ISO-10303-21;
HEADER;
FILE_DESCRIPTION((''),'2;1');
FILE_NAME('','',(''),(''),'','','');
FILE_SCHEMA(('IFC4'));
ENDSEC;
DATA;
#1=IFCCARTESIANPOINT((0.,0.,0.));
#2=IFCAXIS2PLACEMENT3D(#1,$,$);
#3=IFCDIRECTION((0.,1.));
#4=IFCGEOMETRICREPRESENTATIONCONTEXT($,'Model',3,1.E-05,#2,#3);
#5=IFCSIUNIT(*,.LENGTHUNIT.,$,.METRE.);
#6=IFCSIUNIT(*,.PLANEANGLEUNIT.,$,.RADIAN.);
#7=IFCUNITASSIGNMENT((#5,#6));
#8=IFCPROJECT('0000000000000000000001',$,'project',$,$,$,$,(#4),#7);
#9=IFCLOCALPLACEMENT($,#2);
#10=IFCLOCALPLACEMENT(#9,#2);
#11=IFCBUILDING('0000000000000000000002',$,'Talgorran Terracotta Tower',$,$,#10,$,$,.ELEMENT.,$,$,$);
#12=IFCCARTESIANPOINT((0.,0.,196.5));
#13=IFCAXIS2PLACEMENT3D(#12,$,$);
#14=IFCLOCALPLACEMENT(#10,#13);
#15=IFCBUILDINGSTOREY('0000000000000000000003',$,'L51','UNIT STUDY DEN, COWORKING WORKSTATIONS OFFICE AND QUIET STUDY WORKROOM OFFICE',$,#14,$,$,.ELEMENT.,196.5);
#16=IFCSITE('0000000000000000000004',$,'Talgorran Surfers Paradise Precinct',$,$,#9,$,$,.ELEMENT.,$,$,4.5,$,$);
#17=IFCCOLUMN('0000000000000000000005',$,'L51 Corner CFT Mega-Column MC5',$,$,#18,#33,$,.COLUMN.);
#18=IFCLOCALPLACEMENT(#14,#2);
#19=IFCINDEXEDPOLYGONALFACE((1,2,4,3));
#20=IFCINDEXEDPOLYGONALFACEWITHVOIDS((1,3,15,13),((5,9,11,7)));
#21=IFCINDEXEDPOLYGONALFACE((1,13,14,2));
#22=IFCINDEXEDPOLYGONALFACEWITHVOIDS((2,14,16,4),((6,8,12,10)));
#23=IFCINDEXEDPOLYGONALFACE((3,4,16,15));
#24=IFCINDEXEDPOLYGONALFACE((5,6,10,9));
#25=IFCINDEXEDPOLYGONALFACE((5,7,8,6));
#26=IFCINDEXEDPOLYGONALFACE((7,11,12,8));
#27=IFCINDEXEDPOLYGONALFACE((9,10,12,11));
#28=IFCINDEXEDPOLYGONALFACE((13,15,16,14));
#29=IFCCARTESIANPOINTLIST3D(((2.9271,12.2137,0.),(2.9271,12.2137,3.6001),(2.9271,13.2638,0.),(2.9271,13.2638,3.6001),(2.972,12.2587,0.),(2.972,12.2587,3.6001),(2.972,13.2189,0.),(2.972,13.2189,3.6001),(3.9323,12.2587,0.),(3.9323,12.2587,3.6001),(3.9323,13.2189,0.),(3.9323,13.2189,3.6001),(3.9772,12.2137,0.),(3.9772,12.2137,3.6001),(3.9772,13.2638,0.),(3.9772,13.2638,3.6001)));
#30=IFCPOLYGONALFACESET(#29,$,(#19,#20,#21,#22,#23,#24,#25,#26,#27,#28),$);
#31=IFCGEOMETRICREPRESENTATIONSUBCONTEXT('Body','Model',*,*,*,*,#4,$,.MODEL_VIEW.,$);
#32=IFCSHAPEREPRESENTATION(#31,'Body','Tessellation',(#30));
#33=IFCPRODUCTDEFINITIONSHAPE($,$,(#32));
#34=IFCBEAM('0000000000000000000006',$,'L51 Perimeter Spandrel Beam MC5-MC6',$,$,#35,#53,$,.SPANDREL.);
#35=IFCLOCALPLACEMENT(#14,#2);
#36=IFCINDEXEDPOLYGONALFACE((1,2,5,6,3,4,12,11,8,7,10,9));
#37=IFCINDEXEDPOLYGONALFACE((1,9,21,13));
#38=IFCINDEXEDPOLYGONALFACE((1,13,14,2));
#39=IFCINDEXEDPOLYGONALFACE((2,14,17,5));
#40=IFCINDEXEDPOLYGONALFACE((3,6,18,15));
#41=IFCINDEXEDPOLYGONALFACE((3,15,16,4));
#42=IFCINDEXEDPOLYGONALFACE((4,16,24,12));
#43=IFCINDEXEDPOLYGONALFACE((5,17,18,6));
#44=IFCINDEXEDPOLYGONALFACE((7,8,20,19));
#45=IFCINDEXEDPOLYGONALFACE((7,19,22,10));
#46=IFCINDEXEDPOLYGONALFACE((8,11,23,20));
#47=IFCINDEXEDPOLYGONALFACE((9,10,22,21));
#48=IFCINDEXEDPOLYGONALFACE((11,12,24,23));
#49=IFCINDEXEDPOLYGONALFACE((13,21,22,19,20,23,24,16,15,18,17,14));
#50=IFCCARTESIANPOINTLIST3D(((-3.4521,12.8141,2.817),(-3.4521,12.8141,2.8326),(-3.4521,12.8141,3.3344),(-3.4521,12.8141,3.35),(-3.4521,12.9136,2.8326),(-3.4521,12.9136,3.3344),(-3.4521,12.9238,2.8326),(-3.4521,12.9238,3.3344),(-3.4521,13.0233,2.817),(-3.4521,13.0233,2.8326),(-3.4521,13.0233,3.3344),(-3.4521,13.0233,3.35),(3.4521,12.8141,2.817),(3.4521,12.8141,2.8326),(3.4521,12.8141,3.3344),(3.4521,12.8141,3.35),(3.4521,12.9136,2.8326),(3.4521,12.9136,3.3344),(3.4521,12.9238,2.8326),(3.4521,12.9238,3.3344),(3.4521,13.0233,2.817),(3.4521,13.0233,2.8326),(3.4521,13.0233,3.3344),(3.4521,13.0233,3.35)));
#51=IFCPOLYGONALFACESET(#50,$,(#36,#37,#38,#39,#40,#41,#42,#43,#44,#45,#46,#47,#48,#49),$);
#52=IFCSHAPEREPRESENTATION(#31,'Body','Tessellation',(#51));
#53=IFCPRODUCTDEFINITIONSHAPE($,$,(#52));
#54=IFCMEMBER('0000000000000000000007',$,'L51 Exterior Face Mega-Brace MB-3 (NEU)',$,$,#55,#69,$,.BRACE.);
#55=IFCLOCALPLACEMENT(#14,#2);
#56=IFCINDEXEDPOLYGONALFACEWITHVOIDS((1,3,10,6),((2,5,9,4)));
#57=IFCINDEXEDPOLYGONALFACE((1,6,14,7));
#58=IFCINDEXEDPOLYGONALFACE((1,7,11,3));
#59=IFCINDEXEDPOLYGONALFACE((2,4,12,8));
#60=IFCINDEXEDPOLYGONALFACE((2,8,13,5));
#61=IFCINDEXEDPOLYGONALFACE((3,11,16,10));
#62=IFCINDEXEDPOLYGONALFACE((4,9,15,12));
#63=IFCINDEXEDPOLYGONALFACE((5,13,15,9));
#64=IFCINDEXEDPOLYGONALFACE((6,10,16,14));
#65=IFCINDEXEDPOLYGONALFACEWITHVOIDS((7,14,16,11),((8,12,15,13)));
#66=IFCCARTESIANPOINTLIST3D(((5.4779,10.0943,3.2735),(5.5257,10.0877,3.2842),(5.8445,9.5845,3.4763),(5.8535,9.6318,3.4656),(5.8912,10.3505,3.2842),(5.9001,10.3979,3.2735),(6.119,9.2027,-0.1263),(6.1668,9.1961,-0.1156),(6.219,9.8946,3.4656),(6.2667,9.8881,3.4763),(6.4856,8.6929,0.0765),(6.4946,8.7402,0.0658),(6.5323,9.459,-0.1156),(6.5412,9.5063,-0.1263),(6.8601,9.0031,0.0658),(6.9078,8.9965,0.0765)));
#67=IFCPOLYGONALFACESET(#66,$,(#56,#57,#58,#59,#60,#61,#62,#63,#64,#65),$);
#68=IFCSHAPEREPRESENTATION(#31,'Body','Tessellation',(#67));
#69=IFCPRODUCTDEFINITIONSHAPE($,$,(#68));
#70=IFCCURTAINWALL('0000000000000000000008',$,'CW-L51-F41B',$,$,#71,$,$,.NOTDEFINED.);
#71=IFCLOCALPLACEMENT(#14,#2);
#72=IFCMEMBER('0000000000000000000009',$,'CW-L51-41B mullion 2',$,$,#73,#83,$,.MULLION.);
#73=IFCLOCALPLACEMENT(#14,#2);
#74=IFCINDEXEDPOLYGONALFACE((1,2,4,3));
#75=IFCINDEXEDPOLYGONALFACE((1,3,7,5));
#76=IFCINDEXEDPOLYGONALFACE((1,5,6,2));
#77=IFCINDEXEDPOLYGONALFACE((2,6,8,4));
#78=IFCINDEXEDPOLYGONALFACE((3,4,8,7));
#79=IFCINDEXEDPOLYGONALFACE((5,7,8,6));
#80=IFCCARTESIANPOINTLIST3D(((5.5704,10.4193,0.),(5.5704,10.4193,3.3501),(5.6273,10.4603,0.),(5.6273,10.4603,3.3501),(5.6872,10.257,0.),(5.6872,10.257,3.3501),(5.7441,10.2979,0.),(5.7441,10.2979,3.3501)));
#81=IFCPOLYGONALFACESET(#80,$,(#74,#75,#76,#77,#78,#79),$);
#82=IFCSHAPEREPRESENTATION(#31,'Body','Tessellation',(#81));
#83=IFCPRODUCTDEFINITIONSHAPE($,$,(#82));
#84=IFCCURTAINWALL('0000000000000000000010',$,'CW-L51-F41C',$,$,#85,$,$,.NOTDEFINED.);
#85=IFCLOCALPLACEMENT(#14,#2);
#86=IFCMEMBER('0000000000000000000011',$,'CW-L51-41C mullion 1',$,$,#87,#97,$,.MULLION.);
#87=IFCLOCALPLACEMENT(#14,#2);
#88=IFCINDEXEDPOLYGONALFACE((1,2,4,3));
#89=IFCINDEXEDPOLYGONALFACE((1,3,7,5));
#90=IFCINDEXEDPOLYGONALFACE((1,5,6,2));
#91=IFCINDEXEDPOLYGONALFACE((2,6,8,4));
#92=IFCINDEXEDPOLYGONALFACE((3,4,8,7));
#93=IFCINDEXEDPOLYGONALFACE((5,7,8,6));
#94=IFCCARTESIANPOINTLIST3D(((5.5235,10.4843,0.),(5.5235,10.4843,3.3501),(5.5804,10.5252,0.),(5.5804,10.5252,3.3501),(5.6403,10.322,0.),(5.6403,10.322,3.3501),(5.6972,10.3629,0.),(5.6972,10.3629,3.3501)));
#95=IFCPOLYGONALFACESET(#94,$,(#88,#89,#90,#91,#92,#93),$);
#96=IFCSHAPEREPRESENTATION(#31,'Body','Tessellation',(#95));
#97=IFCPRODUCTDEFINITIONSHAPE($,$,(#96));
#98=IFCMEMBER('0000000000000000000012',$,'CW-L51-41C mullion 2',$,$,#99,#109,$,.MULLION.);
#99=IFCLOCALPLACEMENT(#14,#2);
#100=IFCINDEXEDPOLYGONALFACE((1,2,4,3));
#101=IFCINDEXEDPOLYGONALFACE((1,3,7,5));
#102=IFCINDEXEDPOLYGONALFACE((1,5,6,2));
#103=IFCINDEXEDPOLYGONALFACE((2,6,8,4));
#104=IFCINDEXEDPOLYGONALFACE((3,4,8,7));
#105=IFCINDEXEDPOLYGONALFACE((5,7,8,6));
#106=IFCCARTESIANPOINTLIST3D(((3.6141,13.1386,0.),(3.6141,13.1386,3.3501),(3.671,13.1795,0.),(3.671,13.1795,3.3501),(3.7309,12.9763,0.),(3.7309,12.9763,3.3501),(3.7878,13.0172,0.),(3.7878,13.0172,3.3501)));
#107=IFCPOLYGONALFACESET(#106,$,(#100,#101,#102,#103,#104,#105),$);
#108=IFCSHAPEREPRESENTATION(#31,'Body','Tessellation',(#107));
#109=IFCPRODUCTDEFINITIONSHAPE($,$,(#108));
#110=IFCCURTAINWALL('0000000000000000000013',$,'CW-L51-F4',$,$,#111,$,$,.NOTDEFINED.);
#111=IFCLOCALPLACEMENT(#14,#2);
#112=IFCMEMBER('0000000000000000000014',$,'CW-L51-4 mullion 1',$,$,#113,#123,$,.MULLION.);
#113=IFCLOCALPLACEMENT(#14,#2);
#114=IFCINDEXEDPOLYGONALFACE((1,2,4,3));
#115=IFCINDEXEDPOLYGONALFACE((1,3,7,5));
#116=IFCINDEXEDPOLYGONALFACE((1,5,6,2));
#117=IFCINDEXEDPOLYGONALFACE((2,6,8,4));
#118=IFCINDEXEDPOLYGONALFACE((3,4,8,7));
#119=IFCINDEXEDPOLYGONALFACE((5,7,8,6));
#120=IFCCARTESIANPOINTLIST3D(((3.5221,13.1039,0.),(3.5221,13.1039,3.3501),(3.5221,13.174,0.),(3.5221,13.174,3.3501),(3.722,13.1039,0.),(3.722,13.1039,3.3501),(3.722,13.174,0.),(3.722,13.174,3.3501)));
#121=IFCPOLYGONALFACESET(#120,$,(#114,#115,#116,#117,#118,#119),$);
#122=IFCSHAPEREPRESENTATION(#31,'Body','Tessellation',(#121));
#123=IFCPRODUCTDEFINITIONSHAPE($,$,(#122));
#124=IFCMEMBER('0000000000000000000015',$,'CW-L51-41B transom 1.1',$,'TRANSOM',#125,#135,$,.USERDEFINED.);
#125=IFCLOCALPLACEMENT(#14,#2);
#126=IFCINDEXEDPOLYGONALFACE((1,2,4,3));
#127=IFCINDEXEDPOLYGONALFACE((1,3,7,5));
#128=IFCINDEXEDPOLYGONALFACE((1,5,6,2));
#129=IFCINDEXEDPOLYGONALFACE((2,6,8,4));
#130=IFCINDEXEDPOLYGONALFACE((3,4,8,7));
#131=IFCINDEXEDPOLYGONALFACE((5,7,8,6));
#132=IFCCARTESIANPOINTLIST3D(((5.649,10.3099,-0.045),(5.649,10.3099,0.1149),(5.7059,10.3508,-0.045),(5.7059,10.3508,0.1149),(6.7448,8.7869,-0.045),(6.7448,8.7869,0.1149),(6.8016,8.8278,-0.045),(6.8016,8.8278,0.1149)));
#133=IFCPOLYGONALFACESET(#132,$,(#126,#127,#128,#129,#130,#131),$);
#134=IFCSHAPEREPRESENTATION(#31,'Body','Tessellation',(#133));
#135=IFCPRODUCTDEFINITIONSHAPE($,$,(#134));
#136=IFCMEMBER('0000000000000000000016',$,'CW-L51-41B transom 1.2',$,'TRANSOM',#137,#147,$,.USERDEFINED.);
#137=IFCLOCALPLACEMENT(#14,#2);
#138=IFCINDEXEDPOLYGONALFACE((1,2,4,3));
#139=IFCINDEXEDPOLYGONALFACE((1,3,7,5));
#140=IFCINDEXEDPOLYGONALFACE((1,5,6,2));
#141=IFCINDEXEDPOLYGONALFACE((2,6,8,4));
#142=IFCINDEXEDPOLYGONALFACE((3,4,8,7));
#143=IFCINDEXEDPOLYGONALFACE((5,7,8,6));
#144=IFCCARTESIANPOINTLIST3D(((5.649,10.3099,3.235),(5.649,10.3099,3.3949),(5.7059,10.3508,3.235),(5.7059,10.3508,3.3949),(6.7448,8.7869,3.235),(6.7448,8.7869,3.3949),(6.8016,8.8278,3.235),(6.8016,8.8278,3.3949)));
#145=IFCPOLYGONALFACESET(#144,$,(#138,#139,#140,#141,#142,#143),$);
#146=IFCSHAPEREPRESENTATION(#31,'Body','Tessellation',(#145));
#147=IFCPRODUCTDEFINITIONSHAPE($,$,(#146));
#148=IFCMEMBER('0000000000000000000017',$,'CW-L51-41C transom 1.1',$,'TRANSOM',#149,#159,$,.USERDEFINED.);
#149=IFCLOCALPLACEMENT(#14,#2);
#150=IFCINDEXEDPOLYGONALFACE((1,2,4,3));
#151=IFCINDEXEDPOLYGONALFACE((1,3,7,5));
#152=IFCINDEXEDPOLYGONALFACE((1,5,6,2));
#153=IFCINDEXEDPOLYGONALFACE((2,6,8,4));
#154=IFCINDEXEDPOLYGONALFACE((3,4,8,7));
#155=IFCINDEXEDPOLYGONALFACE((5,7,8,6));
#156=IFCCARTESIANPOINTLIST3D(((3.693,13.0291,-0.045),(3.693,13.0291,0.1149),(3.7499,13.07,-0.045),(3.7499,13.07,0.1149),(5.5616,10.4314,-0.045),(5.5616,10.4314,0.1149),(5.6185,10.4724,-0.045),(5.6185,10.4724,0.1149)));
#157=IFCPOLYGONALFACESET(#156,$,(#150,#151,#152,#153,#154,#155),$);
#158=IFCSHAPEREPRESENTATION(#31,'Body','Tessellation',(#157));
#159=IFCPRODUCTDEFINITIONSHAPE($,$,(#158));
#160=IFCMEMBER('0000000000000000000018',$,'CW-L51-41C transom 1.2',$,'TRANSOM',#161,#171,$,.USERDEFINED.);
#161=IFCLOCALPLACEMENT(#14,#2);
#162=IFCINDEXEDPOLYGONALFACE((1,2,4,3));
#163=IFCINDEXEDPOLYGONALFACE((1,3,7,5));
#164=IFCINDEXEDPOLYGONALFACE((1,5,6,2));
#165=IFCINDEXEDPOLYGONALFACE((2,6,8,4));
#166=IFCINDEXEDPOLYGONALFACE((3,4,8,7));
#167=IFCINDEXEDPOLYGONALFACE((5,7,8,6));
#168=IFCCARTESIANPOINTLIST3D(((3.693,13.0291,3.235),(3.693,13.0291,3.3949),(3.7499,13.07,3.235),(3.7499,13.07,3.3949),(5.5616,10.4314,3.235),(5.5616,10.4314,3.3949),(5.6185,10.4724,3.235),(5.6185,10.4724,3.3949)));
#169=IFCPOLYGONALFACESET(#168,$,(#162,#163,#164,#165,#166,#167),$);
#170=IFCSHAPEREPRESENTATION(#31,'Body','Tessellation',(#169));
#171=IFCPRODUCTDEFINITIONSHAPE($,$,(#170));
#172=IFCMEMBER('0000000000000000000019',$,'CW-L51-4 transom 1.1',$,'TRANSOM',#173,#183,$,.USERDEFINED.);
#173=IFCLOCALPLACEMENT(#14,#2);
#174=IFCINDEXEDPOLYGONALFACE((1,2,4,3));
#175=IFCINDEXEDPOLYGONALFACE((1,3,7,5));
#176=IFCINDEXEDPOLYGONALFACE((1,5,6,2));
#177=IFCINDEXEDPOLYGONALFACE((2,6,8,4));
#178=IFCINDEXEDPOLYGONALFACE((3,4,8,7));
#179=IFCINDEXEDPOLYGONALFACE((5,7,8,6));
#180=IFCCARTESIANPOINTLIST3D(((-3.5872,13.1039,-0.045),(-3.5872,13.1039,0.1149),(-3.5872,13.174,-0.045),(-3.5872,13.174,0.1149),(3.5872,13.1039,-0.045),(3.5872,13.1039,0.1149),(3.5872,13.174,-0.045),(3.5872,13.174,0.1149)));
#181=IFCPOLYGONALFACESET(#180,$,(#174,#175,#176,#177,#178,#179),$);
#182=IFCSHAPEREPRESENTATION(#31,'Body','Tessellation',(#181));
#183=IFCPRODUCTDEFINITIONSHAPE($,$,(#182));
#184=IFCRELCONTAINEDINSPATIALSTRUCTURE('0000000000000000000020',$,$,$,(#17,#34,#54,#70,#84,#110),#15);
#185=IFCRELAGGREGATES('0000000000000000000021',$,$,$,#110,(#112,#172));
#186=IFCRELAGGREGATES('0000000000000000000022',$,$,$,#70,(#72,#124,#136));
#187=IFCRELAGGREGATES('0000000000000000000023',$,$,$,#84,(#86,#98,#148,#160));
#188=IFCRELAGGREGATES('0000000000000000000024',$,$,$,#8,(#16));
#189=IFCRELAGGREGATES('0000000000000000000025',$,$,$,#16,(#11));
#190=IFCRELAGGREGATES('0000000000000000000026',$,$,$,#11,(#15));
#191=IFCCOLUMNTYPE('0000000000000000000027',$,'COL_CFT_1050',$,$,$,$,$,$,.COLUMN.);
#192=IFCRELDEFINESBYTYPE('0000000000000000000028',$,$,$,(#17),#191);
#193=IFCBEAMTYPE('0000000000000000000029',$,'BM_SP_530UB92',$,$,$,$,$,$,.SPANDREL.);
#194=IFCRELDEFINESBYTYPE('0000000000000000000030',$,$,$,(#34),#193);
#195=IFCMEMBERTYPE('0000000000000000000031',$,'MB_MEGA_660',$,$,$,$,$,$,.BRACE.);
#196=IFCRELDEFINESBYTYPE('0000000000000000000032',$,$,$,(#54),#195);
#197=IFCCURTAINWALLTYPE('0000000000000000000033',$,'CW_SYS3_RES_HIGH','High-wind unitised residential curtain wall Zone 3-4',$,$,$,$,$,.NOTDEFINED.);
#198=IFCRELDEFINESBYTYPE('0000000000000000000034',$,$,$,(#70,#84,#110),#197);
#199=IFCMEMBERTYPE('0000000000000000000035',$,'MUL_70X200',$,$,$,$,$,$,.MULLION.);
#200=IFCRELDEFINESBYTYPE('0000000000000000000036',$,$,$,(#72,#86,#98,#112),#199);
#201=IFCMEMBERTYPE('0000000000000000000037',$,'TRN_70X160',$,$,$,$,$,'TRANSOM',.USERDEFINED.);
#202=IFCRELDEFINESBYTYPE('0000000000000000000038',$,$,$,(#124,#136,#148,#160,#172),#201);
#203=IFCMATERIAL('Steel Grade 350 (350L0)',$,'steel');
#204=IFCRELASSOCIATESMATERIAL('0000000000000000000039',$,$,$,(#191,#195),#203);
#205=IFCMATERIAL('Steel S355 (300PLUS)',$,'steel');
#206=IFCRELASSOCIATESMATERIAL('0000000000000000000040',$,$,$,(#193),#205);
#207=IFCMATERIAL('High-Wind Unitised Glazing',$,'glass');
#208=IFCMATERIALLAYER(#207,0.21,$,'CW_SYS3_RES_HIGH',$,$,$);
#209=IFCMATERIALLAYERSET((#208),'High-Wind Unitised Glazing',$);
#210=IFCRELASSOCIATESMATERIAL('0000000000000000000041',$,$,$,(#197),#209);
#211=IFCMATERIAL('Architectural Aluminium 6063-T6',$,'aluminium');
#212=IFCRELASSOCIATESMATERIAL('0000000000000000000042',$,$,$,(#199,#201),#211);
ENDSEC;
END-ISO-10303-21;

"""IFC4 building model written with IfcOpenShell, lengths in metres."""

from ifc_helpers import new_model, si_unit, direction, frame, origin, origin_2d, place, context, subcontext, project, spatial, rectangle, hollow_rectangle, i_section, extrude, material, layer, layer_set, material_profile, profile_set, type_object, element, aggregate, save


model = new_model("IFC4")

# Units and contexts
model_context = context("Model", 3, precision=1e-05, world=origin(), true_north=direction((0.0, 1.0)))
body_context = subcontext(model_context, "Body", "Model", "MODEL_VIEW")
ifc_project = project(units=[si_unit("LENGTHUNIT", "METRE"), si_unit("PLANEANGLEUNIT", "RADIAN")], contexts=[model_context])

# Site, building, storey
site_placement = place(None, origin())
site = spatial("IfcSite", under=ifc_project, at=site_placement, Name="Talgorran Surfers Paradise Precinct", CompositionType="ELEMENT", RefElevation=4.5)
building_placement = place(site_placement, origin())
building = spatial("IfcBuilding", under=site, at=building_placement, Name="Talgorran Terracotta Tower", CompositionType="ELEMENT")
storey_placement = place(building_placement, frame((0.0, 0.0, 196.5)))
storey = spatial("IfcBuildingStorey", under=building, at=storey_placement, Name="L51", Description="UNIT STUDY DEN, COWORKING WORKSTATIONS OFFICE AND QUIET STUDY WORKROOM OFFICE", CompositionType="ELEMENT", Elevation=196.5)

# Column
ifc_material_1 = material(Name="Steel Grade 350 (350L0)", Category="steel")
ifc_material_profile_1 = material_profile(ifc_material_1, hollow_rectangle(XDim=1.05, YDim=1.05, WallThickness=0.0449, at=origin_2d()), Name="CFT1050X1050X45")
ifc_profile_set_1 = profile_set([ifc_material_profile_1], Name="Steel Grade 350 (350L0)")
column_type = type_object("IfcColumnType", Name="COL_CFT_1050", PredefinedType="COLUMN", material=ifc_profile_set_1)
column_placement = place(storey_placement, frame((3.4521, 12.7388, 0.0), z_axis=(0.0, 0.0, 1.0), x_axis=(1.0, 0.0, 0.0)))
element("IfcColumn", 1, at=column_placement, inside=storey, type_object=column_type, Name="L51 Corner CFT Mega-Column MC5", PredefinedType="COLUMN", context=body_context, shape_type="SweptSolid", body=[
    extrude(hollow_rectangle(XDim=1.05, YDim=1.05, WallThickness=0.0449, at=origin_2d()), origin(), (0.0, 0.0, 1.0), 3.6001),
])

# Beam
ifc_material_2 = material(Name="Steel S355 (300PLUS)", Category="steel")
ifc_material_profile_2 = material_profile(ifc_material_2, i_section(OverallWidth=0.2092, OverallDepth=0.533, WebThickness=0.0103, FlangeThickness=0.0156, at=origin_2d()), Name="530UB92.4")
ifc_profile_set_2 = profile_set([ifc_material_profile_2], Name="Steel S355 (300PLUS)")
beam_type = type_object("IfcBeamType", Name="BM_SP_530UB92", PredefinedType="SPANDREL", material=ifc_profile_set_2)
beam_placement = place(storey_placement, frame((3.4521, 12.9187, 3.0835), z_axis=(-1.0, 0.0, 0.0), x_axis=(0.0, -1.0, 0.0)))
element("IfcBeam", 2, at=beam_placement, inside=storey, type_object=beam_type, Name="L51 Perimeter Spandrel Beam MC5-MC6", PredefinedType="SPANDREL", context=body_context, shape_type="SweptSolid", body=[
    extrude(i_section(OverallWidth=0.2092, OverallDepth=0.533, WebThickness=0.0103, FlangeThickness=0.0156, at=origin_2d()), origin(), (0.0, 0.0, 1.0), 6.9043),
])

# Member
ifc_material_profile_3 = material_profile(ifc_material_1, hollow_rectangle(XDim=0.52, YDim=0.6599, WallThickness=0.0349, at=origin_2d()), Name="WBOX660X520X35")
ifc_profile_set_3 = profile_set([ifc_material_profile_3], Name="Steel Grade 350 (350L0)")
member_type_1 = type_object("IfcMemberType", Name="MB_MEGA_660", PredefinedType="BRACE", material=ifc_profile_set_3)
member_1_placement = place(storey_placement, frame((6.5134, 9.0996, -0.0249), z_axis=(-0.17944, 0.249549, 0.951592), x_axis=(-0.811897, -0.583801, 0.0)))
element("IfcMember", 3, at=member_1_placement, inside=storey, type_object=member_type_1, Name="L51 Exterior Face Mega-Brace MB-3 (NEU)", PredefinedType="BRACE", context=body_context, shape_type="SweptSolid", body=[
    extrude(hollow_rectangle(XDim=0.52, YDim=0.6599, WallThickness=0.0349, at=origin_2d()), origin(), (0.0, 0.0, 1.0), 3.5728),
])

# Curtain wall, member
ifc_material_3 = material(Name="High-Wind Unitised Glazing", Category="glass")
ifc_layer_1 = layer(ifc_material_3, 0.21, Name="CW_SYS3_RES_HIGH")
ifc_layer_set_1 = layer_set([ifc_layer_1], Name="High-Wind Unitised Glazing")
curtain_wall_type = type_object("IfcCurtainWallType", Name="CW_SYS3_RES_HIGH", Description="High-wind unitised residential curtain wall Zone 3-4", PredefinedType="NOTDEFINED", material=ifc_layer_set_1)
curtain_wall_1_placement = place(storey_placement, origin())
curtain_wall_1 = element("IfcCurtainWall", 4, at=curtain_wall_1_placement, inside=storey, type_object=curtain_wall_type, Name="CW-L51-F41B", PredefinedType="NOTDEFINED")
ifc_material_4 = material(Name="Architectural Aluminium 6063-T6", Category="aluminium")
ifc_material_profile_4 = material_profile(ifc_material_4, rectangle(XDim=0.0701, YDim=0.2, at=origin_2d()), Name="CWM70X200")
ifc_profile_set_4 = profile_set([ifc_material_profile_4], Name="Architectural Aluminium 6063-T6")
member_type_2 = type_object("IfcMemberType", Name="MUL_70X200", PredefinedType="MULLION", material=ifc_profile_set_4)
member_2_placement = place(storey_placement, frame((5.6572, 10.3586, 0.0), z_axis=(0.0, 0.0, 1.0), x_axis=(-0.811758, -0.583994, 0.0)))
member_2 = element("IfcMember", 5, at=member_2_placement, type_object=member_type_2, Name="CW-L51-41B mullion 2", PredefinedType="MULLION", context=body_context, shape_type="SweptSolid", body=[
    extrude(rectangle(XDim=0.0701, YDim=0.2, at=origin_2d()), origin(), (0.0, 0.0, 1.0), 3.3501),
])

# Curtain wall, members
curtain_wall_2_placement = place(storey_placement, origin())
curtain_wall_2 = element("IfcCurtainWall", 6, at=curtain_wall_2_placement, inside=storey, type_object=curtain_wall_type, Name="CW-L51-F41C", PredefinedType="NOTDEFINED")
member_3_placement = place(storey_placement, frame((5.6104, 10.4236, 0.0), z_axis=(0.0, 0.0, 1.0), x_axis=(-0.81176, -0.583991, 0.0)))
member_3 = element("IfcMember", 7, at=member_3_placement, type_object=member_type_2, Name="CW-L51-41C mullion 1", PredefinedType="MULLION", context=body_context, shape_type="SweptSolid", body=[
    extrude(rectangle(XDim=0.0701, YDim=0.2, at=origin_2d()), origin(), (0.0, 0.0, 1.0), 3.3501),
])
member_4_placement = place(storey_placement, frame((3.7009, 13.0779, 0.0), z_axis=(0.0, 0.0, 1.0), x_axis=(-0.81176, -0.583991, 0.0)))
member_4 = element("IfcMember", 8, at=member_4_placement, type_object=member_type_2, Name="CW-L51-41C mullion 2", PredefinedType="MULLION", context=body_context, shape_type="SweptSolid", body=[
    extrude(rectangle(XDim=0.0701, YDim=0.2, at=origin_2d()), origin(), (0.0, 0.0, 1.0), 3.3501),
])

# Curtain wall, member
curtain_wall_3_placement = place(storey_placement, origin())
curtain_wall_3 = element("IfcCurtainWall", 9, at=curtain_wall_3_placement, inside=storey, type_object=curtain_wall_type, Name="CW-L51-F4", PredefinedType="NOTDEFINED")
member_5_placement = place(storey_placement, frame((3.6221, 13.1389, 0.0), z_axis=(0.0, 0.0, 1.0), x_axis=(0.0, -1.0, 0.0)))
member_5 = element("IfcMember", 10, at=member_5_placement, type_object=member_type_2, Name="CW-L51-4 mullion 1", PredefinedType="MULLION", context=body_context, shape_type="SweptSolid", body=[
    extrude(rectangle(XDim=0.0701, YDim=0.2, at=origin_2d()), origin(), (0.0, 0.0, 1.0), 3.3501),
])

# Members
ifc_material_profile_5 = material_profile(ifc_material_4, rectangle(XDim=0.0701, YDim=0.1599, at=origin_2d()), Name="CWT70X160")
ifc_profile_set_5 = profile_set([ifc_material_profile_5], Name="Architectural Aluminium 6063-T6")
member_type_3 = type_object("IfcMemberType", Name="TRN_70X160", ElementType="TRANSOM", PredefinedType="USERDEFINED", material=ifc_profile_set_5)
member_6_placement = place(storey_placement, frame((6.7732, 8.8074, 0.0349), z_axis=(-0.584017, 0.811742, 0.0), x_axis=(-0.811742, -0.584017, 0.0)))
member_6 = element("IfcMember", 11, at=member_6_placement, type_object=member_type_3, Name="CW-L51-41B transom 1.1", ObjectType="TRANSOM", PredefinedType="USERDEFINED", context=body_context, shape_type="SweptSolid", body=[
    extrude(rectangle(XDim=0.0701, YDim=0.1599, at=origin_2d()), origin(), (0.0, 0.0, 1.0), 1.8762),
])
member_7_placement = place(storey_placement, frame((6.7732, 8.8074, 3.3149), z_axis=(-0.584017, 0.811742, 0.0), x_axis=(-0.811742, -0.584017, 0.0)))
member_7 = element("IfcMember", 12, at=member_7_placement, type_object=member_type_3, Name="CW-L51-41B transom 1.2", ObjectType="TRANSOM", PredefinedType="USERDEFINED", context=body_context, shape_type="SweptSolid", body=[
    extrude(rectangle(XDim=0.0701, YDim=0.1599, at=origin_2d()), origin(), (0.0, 0.0, 1.0), 1.8762),
])
member_8_placement = place(storey_placement, frame((5.5901, 10.4519, 0.0349), z_axis=(-0.583963, 0.81178, 0.0), x_axis=(-0.81178, -0.583963, 0.0)))
member_8 = element("IfcMember", 13, at=member_8_placement, type_object=member_type_3, Name="CW-L51-41C transom 1.1", ObjectType="TRANSOM", PredefinedType="USERDEFINED", context=body_context, shape_type="SweptSolid", body=[
    extrude(rectangle(XDim=0.0701, YDim=0.1599, at=origin_2d()), origin(), (0.0, 0.0, 1.0), 3.2),
])
member_9_placement = place(storey_placement, frame((5.5901, 10.4519, 3.3149), z_axis=(-0.583963, 0.81178, 0.0), x_axis=(-0.81178, -0.583963, 0.0)))
member_9 = element("IfcMember", 14, at=member_9_placement, type_object=member_type_3, Name="CW-L51-41C transom 1.2", ObjectType="TRANSOM", PredefinedType="USERDEFINED", context=body_context, shape_type="SweptSolid", body=[
    extrude(rectangle(XDim=0.0701, YDim=0.1599, at=origin_2d()), origin(), (0.0, 0.0, 1.0), 3.2),
])
member_10_placement = place(storey_placement, frame((3.5872, 13.1389, 0.0349), z_axis=(-1.0, 0.0, 0.0), x_axis=(0.0, -1.0, 0.0)))
member_10 = element("IfcMember", 15, at=member_10_placement, type_object=member_type_3, Name="CW-L51-4 transom 1.1", ObjectType="TRANSOM", PredefinedType="USERDEFINED", context=body_context, shape_type="SweptSolid", body=[
    extrude(rectangle(XDim=0.0701, YDim=0.1599, at=origin_2d()), origin(), (0.0, 0.0, 1.0), 7.1743),
])

aggregate(curtain_wall_3, [member_5, member_10])
aggregate(curtain_wall_1, [member_2, member_6, member_7])
aggregate(curtain_wall_2, [member_3, member_4, member_8, member_9])

save(model, "model.ifc")
